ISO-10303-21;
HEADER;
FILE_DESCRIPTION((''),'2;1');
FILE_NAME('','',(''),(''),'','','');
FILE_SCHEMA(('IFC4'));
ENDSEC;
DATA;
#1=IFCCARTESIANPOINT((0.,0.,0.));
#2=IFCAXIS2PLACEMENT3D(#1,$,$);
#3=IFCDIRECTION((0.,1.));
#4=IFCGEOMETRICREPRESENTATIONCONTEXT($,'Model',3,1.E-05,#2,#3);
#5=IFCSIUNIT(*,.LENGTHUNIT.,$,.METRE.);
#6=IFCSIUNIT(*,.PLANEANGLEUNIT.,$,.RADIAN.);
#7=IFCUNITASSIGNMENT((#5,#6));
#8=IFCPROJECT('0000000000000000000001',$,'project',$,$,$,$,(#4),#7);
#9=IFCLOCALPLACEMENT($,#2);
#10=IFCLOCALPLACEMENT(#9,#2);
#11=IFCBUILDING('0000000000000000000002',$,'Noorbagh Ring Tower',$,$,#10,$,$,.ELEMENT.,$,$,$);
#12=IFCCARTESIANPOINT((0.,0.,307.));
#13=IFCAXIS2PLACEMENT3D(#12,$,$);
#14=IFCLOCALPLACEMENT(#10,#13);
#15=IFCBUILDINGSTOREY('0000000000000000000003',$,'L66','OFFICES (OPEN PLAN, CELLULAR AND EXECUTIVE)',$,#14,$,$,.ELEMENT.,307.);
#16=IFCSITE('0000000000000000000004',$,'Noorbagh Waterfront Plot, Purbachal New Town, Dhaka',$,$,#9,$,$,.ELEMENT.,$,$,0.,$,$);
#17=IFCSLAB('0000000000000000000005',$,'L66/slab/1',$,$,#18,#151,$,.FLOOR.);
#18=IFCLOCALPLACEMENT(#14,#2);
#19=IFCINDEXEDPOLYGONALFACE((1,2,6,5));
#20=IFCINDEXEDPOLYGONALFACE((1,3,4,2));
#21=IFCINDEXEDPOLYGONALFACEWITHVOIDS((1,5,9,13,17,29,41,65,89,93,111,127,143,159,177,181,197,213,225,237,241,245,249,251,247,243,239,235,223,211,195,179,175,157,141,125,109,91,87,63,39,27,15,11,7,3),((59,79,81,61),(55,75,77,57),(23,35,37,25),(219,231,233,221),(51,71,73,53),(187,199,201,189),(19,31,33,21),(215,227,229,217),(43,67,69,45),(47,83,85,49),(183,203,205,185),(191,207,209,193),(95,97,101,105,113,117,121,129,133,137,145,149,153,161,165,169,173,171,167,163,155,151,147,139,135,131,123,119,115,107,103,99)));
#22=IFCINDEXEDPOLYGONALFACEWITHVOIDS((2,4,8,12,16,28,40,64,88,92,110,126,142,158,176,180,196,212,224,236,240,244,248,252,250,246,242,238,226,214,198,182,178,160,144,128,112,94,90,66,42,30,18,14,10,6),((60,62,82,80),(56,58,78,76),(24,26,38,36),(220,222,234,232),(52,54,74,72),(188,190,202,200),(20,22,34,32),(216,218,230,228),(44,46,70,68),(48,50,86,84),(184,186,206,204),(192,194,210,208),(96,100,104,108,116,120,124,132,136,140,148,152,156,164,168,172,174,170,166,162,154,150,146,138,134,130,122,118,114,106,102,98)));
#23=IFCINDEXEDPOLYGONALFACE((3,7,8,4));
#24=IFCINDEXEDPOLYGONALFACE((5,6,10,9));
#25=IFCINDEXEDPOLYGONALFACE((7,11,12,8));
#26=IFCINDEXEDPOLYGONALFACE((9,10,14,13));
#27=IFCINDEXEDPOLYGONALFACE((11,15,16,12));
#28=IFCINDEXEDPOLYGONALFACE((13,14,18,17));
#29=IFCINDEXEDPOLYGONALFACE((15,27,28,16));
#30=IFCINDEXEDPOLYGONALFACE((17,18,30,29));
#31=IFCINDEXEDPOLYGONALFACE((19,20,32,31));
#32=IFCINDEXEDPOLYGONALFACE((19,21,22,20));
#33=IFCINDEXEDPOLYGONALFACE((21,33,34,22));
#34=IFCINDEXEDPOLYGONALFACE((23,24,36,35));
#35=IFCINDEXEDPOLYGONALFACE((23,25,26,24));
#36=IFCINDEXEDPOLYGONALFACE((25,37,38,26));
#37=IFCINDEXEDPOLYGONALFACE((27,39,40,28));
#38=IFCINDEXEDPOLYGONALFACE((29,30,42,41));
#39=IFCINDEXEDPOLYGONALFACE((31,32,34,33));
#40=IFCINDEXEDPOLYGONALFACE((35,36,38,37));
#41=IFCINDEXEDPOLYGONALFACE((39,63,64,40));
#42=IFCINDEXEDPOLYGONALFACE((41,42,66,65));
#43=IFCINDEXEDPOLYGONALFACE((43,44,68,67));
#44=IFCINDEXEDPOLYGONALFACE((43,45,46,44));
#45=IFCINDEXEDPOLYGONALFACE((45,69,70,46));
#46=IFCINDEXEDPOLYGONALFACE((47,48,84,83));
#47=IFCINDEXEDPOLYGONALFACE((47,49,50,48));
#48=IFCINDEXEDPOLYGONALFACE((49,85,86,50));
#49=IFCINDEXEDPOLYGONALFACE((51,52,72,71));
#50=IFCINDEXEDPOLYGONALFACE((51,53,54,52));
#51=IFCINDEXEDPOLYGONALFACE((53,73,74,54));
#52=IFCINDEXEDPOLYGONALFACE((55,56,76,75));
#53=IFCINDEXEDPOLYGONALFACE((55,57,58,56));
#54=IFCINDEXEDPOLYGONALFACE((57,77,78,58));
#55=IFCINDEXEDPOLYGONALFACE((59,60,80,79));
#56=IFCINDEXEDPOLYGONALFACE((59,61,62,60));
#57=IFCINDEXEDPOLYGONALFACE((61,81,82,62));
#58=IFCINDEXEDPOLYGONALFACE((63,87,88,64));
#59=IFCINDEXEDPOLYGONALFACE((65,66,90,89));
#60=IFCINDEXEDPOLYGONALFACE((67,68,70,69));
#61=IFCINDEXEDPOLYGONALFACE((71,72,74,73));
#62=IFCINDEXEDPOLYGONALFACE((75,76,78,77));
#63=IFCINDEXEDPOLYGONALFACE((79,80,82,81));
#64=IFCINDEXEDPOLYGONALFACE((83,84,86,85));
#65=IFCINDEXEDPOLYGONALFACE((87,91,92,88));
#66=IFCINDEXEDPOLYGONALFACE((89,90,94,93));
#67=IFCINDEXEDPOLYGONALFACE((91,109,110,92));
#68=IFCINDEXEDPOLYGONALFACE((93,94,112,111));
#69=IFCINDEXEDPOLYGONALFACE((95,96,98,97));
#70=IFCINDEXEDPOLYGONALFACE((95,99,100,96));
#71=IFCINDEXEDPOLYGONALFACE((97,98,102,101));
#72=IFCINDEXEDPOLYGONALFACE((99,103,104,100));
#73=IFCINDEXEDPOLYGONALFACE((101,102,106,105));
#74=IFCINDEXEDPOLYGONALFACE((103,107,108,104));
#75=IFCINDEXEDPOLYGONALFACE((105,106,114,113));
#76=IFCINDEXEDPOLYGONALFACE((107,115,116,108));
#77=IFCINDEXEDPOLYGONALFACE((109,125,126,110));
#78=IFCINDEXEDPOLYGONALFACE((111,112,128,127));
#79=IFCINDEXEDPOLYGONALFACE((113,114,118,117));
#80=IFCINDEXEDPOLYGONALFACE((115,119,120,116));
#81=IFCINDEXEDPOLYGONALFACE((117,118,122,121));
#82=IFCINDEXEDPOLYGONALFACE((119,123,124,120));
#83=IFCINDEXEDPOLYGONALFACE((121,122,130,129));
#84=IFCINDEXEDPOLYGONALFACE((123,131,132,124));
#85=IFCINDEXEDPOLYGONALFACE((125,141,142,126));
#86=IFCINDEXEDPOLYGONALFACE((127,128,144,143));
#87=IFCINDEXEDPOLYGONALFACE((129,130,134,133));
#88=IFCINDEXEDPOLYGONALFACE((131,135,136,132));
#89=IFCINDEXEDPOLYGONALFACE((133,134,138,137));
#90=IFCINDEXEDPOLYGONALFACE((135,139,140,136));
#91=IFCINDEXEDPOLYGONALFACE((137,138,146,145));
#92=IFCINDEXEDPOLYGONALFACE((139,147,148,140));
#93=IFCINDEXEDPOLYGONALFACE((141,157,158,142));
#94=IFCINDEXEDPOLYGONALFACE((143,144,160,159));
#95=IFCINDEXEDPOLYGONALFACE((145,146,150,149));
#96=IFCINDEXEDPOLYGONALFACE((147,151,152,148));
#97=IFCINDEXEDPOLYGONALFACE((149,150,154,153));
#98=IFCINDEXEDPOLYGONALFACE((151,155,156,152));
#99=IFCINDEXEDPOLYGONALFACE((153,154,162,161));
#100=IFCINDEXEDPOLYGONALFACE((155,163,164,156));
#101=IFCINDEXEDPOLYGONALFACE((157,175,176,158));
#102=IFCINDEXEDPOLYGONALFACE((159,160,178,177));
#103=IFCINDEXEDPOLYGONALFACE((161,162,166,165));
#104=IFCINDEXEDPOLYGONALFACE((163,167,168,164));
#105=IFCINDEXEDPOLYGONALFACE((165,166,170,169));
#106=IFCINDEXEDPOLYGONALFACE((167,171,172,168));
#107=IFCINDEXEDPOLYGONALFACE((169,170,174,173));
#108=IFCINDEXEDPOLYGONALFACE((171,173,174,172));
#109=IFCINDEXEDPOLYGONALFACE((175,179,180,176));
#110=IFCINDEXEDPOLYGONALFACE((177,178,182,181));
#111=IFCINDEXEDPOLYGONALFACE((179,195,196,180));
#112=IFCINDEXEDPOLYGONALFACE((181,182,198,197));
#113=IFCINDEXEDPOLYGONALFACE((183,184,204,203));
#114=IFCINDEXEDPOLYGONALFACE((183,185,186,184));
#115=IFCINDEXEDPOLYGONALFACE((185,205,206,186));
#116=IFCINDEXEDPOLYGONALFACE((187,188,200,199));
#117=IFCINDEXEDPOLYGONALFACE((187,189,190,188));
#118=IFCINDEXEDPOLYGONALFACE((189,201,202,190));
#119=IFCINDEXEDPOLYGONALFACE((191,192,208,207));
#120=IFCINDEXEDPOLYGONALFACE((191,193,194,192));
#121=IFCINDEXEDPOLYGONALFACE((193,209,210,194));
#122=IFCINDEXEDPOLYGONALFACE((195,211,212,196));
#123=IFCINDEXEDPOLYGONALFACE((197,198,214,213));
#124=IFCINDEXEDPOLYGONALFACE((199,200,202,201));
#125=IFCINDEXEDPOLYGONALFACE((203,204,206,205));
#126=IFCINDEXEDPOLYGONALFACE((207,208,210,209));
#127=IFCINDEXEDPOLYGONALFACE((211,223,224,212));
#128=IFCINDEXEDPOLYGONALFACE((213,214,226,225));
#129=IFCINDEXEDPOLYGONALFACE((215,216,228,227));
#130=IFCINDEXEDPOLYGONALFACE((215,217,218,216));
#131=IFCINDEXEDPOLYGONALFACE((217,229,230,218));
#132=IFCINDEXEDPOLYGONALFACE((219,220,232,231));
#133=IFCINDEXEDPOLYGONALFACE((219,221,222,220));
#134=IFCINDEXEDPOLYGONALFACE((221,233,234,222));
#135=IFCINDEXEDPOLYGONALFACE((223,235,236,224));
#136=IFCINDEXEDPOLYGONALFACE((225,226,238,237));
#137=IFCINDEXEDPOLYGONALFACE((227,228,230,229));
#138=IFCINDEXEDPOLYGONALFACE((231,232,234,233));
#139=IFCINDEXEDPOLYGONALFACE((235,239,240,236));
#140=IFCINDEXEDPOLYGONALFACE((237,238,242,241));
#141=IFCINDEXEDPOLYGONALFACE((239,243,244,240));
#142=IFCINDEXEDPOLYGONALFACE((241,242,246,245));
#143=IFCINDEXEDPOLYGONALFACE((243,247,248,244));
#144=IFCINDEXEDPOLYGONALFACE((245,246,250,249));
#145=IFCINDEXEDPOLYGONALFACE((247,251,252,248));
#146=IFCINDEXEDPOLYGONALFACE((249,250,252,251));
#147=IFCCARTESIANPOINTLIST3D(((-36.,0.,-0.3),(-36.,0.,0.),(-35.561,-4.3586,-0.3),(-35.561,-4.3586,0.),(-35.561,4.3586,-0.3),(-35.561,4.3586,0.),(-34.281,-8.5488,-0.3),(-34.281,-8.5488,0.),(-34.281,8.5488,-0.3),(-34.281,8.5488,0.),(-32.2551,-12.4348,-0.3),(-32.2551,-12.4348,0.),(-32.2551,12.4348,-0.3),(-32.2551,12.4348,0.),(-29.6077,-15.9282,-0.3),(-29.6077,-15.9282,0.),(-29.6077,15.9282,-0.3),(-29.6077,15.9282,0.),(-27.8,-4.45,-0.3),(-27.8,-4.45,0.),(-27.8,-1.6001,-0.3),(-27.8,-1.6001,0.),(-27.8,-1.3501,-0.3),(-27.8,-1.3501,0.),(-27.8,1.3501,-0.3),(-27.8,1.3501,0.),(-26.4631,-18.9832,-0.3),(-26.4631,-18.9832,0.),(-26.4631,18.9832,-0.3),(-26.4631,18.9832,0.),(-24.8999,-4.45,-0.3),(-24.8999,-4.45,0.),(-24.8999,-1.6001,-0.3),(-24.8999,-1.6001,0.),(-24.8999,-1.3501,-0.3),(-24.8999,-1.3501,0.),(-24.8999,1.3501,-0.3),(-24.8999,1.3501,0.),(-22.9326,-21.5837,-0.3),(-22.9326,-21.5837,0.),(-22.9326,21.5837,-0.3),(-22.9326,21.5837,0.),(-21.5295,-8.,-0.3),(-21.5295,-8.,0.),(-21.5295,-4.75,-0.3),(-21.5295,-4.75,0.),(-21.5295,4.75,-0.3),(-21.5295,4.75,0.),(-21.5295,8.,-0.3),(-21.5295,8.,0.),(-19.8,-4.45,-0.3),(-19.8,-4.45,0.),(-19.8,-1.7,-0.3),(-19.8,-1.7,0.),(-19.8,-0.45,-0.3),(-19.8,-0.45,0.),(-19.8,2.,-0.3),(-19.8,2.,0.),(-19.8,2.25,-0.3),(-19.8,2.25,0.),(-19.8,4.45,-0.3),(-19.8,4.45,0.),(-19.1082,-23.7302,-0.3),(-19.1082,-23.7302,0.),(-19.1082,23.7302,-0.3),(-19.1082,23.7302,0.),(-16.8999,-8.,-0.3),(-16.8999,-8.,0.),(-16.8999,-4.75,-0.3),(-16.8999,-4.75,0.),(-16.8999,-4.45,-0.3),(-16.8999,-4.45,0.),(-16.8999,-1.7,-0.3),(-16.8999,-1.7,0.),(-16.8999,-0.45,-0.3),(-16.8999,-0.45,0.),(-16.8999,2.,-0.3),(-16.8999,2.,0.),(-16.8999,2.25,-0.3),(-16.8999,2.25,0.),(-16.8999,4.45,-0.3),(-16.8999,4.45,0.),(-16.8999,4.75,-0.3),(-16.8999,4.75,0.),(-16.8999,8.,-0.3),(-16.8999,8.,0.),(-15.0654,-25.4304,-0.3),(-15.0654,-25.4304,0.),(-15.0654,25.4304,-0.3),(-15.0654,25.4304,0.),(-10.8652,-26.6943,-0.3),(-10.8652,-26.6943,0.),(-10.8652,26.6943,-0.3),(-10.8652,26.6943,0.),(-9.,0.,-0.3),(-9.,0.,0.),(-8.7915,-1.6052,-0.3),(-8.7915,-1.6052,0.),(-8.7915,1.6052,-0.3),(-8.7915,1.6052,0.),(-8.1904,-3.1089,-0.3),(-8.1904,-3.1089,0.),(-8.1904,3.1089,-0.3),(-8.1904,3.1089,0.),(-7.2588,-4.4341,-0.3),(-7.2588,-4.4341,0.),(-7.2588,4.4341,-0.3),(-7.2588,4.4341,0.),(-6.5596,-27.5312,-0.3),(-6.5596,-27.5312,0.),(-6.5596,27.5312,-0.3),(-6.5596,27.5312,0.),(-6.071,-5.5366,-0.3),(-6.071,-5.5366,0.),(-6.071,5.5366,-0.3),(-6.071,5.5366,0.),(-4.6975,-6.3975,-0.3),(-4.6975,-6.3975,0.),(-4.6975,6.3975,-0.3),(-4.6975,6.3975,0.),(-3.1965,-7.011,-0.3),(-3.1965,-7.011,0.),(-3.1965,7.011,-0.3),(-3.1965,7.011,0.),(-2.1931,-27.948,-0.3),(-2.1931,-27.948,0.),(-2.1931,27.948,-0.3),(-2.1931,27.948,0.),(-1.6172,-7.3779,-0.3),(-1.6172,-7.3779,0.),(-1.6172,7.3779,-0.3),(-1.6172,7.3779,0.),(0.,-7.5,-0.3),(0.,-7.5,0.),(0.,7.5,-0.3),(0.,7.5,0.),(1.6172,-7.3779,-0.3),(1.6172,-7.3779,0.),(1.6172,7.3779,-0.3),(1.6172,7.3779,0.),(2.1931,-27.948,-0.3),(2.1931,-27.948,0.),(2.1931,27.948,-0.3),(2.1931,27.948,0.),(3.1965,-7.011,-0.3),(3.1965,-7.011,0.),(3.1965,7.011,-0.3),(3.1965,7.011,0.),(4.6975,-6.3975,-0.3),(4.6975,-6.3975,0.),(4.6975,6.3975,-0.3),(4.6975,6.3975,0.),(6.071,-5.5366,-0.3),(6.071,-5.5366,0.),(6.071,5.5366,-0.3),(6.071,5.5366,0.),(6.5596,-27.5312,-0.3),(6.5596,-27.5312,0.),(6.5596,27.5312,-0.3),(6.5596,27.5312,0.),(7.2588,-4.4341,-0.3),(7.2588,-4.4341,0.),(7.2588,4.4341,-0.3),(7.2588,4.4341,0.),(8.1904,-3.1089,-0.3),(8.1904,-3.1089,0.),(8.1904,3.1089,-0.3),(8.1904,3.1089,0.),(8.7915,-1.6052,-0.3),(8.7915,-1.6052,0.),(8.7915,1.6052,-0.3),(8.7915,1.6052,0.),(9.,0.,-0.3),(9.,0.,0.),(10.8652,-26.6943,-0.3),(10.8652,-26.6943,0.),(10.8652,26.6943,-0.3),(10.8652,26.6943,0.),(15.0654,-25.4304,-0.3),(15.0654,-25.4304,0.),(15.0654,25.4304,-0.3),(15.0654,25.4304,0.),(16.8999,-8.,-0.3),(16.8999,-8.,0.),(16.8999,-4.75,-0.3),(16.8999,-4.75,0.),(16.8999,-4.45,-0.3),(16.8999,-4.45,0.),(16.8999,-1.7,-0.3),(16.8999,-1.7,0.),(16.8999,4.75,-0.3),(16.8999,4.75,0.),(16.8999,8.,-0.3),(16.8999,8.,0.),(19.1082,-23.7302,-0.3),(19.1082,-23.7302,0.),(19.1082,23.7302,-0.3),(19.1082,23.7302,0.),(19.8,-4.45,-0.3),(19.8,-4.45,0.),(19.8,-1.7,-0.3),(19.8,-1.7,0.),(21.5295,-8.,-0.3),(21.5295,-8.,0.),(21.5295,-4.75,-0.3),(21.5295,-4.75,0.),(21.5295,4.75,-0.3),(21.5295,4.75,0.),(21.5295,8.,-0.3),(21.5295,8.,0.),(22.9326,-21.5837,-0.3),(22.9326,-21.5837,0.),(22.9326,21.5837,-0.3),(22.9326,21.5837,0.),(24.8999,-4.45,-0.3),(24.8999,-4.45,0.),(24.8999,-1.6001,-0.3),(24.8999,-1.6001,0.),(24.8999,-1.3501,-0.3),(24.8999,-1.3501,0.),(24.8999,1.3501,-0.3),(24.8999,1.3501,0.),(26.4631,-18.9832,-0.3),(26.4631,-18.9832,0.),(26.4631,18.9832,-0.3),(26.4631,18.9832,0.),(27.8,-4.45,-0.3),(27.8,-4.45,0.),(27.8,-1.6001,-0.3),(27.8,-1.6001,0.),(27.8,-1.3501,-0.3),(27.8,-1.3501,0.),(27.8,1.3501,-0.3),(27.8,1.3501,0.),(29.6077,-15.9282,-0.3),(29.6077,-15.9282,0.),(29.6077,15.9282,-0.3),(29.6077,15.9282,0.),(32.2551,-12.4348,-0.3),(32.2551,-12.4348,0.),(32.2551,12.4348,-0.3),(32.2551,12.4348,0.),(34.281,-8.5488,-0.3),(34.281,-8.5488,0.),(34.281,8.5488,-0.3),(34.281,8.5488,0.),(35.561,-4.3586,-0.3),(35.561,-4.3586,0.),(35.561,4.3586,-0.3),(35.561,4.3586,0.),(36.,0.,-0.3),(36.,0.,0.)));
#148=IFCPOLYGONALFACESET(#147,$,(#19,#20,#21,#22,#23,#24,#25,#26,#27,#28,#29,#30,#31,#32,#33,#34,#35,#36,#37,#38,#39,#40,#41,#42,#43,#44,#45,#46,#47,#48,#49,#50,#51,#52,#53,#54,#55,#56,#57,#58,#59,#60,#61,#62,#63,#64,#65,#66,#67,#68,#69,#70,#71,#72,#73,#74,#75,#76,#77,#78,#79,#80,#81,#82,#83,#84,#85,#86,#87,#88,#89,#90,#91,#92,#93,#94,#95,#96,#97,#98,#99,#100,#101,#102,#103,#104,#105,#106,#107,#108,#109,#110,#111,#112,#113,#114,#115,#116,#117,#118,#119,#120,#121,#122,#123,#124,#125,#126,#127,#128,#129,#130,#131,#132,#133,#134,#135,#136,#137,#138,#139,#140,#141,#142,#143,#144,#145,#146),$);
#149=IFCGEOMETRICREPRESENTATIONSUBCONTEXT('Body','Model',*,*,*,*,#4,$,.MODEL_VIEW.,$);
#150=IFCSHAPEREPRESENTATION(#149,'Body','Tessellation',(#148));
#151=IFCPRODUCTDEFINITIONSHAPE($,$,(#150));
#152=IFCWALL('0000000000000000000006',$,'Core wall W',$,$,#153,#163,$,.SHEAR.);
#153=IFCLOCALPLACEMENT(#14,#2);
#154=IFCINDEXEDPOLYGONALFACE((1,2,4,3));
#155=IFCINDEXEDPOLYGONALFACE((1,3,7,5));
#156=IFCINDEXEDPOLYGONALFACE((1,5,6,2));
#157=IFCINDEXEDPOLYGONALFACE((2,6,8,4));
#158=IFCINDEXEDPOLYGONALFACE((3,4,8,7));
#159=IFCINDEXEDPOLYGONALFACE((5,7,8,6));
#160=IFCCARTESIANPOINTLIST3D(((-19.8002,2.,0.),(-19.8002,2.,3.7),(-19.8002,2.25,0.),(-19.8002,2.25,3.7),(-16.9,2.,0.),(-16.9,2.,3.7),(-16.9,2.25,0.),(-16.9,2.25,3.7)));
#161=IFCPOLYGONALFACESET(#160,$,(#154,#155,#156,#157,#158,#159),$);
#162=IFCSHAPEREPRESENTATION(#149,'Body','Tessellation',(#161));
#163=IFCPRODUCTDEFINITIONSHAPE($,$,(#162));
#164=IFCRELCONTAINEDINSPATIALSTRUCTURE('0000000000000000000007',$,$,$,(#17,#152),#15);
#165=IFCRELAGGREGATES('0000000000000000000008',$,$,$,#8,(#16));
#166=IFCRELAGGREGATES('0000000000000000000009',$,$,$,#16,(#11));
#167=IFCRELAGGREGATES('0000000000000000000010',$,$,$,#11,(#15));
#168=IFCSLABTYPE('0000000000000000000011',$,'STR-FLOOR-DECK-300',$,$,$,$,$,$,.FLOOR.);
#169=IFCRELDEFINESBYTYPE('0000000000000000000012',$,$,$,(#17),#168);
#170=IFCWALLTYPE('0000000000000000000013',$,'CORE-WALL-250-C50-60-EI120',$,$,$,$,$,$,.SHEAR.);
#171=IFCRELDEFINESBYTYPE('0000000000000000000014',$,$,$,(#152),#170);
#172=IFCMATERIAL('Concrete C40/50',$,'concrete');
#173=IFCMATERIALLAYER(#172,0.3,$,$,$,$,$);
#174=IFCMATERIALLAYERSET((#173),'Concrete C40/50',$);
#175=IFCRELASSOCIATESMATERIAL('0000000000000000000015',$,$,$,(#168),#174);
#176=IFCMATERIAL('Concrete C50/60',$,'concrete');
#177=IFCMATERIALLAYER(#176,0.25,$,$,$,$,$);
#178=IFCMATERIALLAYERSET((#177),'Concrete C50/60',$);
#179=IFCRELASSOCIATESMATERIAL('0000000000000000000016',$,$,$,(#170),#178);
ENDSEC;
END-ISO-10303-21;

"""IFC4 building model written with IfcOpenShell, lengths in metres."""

from ifc_helpers import new_model, si_unit, direction, frame, frame_2d, origin, place, context, subcontext, project, spatial, polyline, rectangle, outline, extrude, material, layer, layer_set, type_object, element, save


model = new_model("IFC4")

# Units and contexts
model_context = context("Model", 3, precision=1e-05, world=origin(), true_north=direction((0.0, 1.0)))
body_context = subcontext(model_context, "Body", "Model", "MODEL_VIEW")
ifc_project = project(units=[si_unit("LENGTHUNIT", "METRE"), si_unit("PLANEANGLEUNIT", "RADIAN")], contexts=[model_context])

# Site, building, storey
site_placement = place(None, origin())
site = spatial("IfcSite", under=ifc_project, at=site_placement, Name="Noorbagh Waterfront Plot, Purbachal New Town, Dhaka", CompositionType="ELEMENT", RefElevation=0.0)
building_placement = place(site_placement, origin())
building = spatial("IfcBuilding", under=site, at=building_placement, Name="Noorbagh Ring Tower", CompositionType="ELEMENT")
storey_placement = place(building_placement, frame((0.0, 0.0, 307.0)))
storey = spatial("IfcBuildingStorey", under=building, at=storey_placement, Name="L66", Description="OFFICES (OPEN PLAN, CELLULAR AND EXECUTIVE)", CompositionType="ELEMENT", Elevation=307.0)

# Slab
ifc_material_1 = material(Name="Concrete C40/50", Category="concrete")
ifc_layer_1 = layer(ifc_material_1, 0.3)
ifc_layer_set_1 = layer_set([ifc_layer_1], Name="Concrete C40/50")
slab_type_1 = type_object("IfcSlabType", Name="STR-FLOOR-DECK-300", PredefinedType="FLOOR", material=ifc_layer_set_1)
slab_1_placement = place(storey_placement, frame((0.0, 0.0, -0.3)))
element("IfcSlab", 1, at=slab_1_placement, inside=storey, type_object=slab_type_1, Name="L66/slab/1", PredefinedType="FLOOR", context=body_context, shape_type="SweptSolid", body=[
    extrude(outline(polyline([(36.0, 0.0), (35.561, 4.3586), (34.281, 8.5488), (32.2551, 12.4348), (29.6077, 15.9282), (26.4631, 18.9832), (22.9326, 21.5837), (19.1082, 23.7302), (15.0654, 25.4304), (10.8652, 26.6943), (6.5596, 27.5312), (2.1931, 27.948), (-2.1931, 27.948), (-6.5596, 27.5312), (-10.8652, 26.6943), (-15.0654, 25.4304), (-19.1082, 23.7302), (-22.9326, 21.5837), (-26.4631, 18.9832), (-29.6077, 15.9282), (-32.2551, 12.4348), (-34.281, 8.5488), (-35.561, 4.3586), (-36.0, 0.0), (-35.561, -4.3586), (-34.281, -8.5488), (-32.2551, -12.4348), (-29.6077, -15.9282), (-26.4631, -18.9832), (-22.9326, -21.5837), (-19.1082, -23.7302), (-15.0654, -25.4304), (-10.8652, -26.6943), (-6.5596, -27.5312), (-2.1931, -27.948), (2.1931, -27.948), (6.5596, -27.5312), (10.8652, -26.6943), (15.0654, -25.4304), (19.1082, -23.7302), (22.9326, -21.5837), (26.4631, -18.9832), (29.6077, -15.9282), (32.2551, -12.4348), (34.281, -8.5488), (35.561, -4.3586), (36.0, 0.0)]), holes=[polyline([(24.8999, -1.6001), (27.8, -1.6001), (27.8, -4.45), (24.8999, -4.45), (24.8999, -1.6001)]), polyline([(24.8999, 1.3501), (27.8, 1.3501), (27.8, -1.3501), (24.8999, -1.3501), (24.8999, 1.3501)]), polyline([(21.5295, -8.0), (16.8999, -8.0), (16.8999, -4.75), (21.5295, -4.75), (21.5295, -8.0)]), polyline([(21.5295, 4.75), (16.8999, 4.75), (16.8999, 8.0), (21.5295, 8.0), (21.5295, 4.75)]), polyline([(16.8999, -1.7), (19.8, -1.7), (19.8, -4.45), (16.8999, -4.45), (16.8999, -1.7)]), polyline([(4.6975, -6.3975), (3.1965, -7.011), (1.6172, -7.3779), (0.0, -7.5), (-1.6172, -7.3779), (-3.1965, -7.011), (-4.6975, -6.3975), (-6.071, -5.5366), (-7.2588, -4.4341), (-8.1904, -3.1089), (-8.7915, -1.6052), (-9.0, 0.0), (-8.7915, 1.6052), (-8.1904, 3.1089), (-7.2588, 4.4341), (-6.071, 5.5366), (-4.6975, 6.3975), (-3.1965, 7.011), (-1.6172, 7.3779), (0.0, 7.5), (1.6172, 7.3779), (3.1965, 7.011), (4.6975, 6.3975), (6.071, 5.5366), (7.2588, 4.4341), (8.1904, 3.1089), (8.7915, 1.6052), (9.0, 0.0), (8.7915, -1.6052), (8.1904, -3.1089), (7.2588, -4.4341), (6.071, -5.5366), (4.6975, -6.3975)]), polyline([(-21.5295, -8.0), (-21.5295, -4.75), (-16.8999, -4.75), (-16.8999, -8.0), (-21.5295, -8.0)]), polyline([(-21.5295, 4.75), (-21.5295, 8.0), (-16.8999, 8.0), (-16.8999, 4.75), (-21.5295, 4.75)]), polyline([(-16.8999, -4.45), (-19.8, -4.45), (-19.8, -1.7), (-16.8999, -1.7), (-16.8999, -4.45)]), polyline([(-16.8999, -0.45), (-19.8, -0.45), (-19.8, 2.0), (-16.8999, 2.0), (-16.8999, -0.45)]), polyline([(-16.8999, 2.25), (-19.8, 2.25), (-19.8, 4.45), (-16.8999, 4.45), (-16.8999, 2.25)]), polyline([(-24.8999, -4.45), (-27.8, -4.45), (-27.8, -1.6001), (-24.8999, -1.6001), (-24.8999, -4.45)]), polyline([(-24.8999, 1.3501), (-24.8999, -1.3501), (-27.8, -1.3501), (-27.8, 1.3501), (-24.8999, 1.3501)])]), origin(), (0.0, 0.0, 1.0), 0.3),
])

# Wall
ifc_material_2 = material(Name="Concrete C50/60", Category="concrete")
ifc_layer_2 = layer(ifc_material_2, 0.25)
ifc_layer_set_2 = layer_set([ifc_layer_2], Name="Concrete C50/60")
wall_type_1 = type_object("IfcWallType", Name="CORE-WALL-250-C50-60-EI120", PredefinedType="SHEAR", material=ifc_layer_set_2)
wall_1_placement = place(storey_placement, frame((-16.8999, 2.125, 0.0), z_axis=(0.0, 0.0, 1.0), x_axis=(-1.0, 0.0, 0.0)))
element("IfcWall", 2, at=wall_1_placement, inside=storey, type_object=wall_type_1, Name="Core wall W", PredefinedType="SHEAR", context=body_context, shape_type="SweptSolid", body=[
    extrude(rectangle(XDim=2.9001, YDim=0.25, at=frame_2d((1.4502, 0.0))), origin(), (0.0, 0.0, 1.0), 3.7),
])

save(model, "model.ifc")
